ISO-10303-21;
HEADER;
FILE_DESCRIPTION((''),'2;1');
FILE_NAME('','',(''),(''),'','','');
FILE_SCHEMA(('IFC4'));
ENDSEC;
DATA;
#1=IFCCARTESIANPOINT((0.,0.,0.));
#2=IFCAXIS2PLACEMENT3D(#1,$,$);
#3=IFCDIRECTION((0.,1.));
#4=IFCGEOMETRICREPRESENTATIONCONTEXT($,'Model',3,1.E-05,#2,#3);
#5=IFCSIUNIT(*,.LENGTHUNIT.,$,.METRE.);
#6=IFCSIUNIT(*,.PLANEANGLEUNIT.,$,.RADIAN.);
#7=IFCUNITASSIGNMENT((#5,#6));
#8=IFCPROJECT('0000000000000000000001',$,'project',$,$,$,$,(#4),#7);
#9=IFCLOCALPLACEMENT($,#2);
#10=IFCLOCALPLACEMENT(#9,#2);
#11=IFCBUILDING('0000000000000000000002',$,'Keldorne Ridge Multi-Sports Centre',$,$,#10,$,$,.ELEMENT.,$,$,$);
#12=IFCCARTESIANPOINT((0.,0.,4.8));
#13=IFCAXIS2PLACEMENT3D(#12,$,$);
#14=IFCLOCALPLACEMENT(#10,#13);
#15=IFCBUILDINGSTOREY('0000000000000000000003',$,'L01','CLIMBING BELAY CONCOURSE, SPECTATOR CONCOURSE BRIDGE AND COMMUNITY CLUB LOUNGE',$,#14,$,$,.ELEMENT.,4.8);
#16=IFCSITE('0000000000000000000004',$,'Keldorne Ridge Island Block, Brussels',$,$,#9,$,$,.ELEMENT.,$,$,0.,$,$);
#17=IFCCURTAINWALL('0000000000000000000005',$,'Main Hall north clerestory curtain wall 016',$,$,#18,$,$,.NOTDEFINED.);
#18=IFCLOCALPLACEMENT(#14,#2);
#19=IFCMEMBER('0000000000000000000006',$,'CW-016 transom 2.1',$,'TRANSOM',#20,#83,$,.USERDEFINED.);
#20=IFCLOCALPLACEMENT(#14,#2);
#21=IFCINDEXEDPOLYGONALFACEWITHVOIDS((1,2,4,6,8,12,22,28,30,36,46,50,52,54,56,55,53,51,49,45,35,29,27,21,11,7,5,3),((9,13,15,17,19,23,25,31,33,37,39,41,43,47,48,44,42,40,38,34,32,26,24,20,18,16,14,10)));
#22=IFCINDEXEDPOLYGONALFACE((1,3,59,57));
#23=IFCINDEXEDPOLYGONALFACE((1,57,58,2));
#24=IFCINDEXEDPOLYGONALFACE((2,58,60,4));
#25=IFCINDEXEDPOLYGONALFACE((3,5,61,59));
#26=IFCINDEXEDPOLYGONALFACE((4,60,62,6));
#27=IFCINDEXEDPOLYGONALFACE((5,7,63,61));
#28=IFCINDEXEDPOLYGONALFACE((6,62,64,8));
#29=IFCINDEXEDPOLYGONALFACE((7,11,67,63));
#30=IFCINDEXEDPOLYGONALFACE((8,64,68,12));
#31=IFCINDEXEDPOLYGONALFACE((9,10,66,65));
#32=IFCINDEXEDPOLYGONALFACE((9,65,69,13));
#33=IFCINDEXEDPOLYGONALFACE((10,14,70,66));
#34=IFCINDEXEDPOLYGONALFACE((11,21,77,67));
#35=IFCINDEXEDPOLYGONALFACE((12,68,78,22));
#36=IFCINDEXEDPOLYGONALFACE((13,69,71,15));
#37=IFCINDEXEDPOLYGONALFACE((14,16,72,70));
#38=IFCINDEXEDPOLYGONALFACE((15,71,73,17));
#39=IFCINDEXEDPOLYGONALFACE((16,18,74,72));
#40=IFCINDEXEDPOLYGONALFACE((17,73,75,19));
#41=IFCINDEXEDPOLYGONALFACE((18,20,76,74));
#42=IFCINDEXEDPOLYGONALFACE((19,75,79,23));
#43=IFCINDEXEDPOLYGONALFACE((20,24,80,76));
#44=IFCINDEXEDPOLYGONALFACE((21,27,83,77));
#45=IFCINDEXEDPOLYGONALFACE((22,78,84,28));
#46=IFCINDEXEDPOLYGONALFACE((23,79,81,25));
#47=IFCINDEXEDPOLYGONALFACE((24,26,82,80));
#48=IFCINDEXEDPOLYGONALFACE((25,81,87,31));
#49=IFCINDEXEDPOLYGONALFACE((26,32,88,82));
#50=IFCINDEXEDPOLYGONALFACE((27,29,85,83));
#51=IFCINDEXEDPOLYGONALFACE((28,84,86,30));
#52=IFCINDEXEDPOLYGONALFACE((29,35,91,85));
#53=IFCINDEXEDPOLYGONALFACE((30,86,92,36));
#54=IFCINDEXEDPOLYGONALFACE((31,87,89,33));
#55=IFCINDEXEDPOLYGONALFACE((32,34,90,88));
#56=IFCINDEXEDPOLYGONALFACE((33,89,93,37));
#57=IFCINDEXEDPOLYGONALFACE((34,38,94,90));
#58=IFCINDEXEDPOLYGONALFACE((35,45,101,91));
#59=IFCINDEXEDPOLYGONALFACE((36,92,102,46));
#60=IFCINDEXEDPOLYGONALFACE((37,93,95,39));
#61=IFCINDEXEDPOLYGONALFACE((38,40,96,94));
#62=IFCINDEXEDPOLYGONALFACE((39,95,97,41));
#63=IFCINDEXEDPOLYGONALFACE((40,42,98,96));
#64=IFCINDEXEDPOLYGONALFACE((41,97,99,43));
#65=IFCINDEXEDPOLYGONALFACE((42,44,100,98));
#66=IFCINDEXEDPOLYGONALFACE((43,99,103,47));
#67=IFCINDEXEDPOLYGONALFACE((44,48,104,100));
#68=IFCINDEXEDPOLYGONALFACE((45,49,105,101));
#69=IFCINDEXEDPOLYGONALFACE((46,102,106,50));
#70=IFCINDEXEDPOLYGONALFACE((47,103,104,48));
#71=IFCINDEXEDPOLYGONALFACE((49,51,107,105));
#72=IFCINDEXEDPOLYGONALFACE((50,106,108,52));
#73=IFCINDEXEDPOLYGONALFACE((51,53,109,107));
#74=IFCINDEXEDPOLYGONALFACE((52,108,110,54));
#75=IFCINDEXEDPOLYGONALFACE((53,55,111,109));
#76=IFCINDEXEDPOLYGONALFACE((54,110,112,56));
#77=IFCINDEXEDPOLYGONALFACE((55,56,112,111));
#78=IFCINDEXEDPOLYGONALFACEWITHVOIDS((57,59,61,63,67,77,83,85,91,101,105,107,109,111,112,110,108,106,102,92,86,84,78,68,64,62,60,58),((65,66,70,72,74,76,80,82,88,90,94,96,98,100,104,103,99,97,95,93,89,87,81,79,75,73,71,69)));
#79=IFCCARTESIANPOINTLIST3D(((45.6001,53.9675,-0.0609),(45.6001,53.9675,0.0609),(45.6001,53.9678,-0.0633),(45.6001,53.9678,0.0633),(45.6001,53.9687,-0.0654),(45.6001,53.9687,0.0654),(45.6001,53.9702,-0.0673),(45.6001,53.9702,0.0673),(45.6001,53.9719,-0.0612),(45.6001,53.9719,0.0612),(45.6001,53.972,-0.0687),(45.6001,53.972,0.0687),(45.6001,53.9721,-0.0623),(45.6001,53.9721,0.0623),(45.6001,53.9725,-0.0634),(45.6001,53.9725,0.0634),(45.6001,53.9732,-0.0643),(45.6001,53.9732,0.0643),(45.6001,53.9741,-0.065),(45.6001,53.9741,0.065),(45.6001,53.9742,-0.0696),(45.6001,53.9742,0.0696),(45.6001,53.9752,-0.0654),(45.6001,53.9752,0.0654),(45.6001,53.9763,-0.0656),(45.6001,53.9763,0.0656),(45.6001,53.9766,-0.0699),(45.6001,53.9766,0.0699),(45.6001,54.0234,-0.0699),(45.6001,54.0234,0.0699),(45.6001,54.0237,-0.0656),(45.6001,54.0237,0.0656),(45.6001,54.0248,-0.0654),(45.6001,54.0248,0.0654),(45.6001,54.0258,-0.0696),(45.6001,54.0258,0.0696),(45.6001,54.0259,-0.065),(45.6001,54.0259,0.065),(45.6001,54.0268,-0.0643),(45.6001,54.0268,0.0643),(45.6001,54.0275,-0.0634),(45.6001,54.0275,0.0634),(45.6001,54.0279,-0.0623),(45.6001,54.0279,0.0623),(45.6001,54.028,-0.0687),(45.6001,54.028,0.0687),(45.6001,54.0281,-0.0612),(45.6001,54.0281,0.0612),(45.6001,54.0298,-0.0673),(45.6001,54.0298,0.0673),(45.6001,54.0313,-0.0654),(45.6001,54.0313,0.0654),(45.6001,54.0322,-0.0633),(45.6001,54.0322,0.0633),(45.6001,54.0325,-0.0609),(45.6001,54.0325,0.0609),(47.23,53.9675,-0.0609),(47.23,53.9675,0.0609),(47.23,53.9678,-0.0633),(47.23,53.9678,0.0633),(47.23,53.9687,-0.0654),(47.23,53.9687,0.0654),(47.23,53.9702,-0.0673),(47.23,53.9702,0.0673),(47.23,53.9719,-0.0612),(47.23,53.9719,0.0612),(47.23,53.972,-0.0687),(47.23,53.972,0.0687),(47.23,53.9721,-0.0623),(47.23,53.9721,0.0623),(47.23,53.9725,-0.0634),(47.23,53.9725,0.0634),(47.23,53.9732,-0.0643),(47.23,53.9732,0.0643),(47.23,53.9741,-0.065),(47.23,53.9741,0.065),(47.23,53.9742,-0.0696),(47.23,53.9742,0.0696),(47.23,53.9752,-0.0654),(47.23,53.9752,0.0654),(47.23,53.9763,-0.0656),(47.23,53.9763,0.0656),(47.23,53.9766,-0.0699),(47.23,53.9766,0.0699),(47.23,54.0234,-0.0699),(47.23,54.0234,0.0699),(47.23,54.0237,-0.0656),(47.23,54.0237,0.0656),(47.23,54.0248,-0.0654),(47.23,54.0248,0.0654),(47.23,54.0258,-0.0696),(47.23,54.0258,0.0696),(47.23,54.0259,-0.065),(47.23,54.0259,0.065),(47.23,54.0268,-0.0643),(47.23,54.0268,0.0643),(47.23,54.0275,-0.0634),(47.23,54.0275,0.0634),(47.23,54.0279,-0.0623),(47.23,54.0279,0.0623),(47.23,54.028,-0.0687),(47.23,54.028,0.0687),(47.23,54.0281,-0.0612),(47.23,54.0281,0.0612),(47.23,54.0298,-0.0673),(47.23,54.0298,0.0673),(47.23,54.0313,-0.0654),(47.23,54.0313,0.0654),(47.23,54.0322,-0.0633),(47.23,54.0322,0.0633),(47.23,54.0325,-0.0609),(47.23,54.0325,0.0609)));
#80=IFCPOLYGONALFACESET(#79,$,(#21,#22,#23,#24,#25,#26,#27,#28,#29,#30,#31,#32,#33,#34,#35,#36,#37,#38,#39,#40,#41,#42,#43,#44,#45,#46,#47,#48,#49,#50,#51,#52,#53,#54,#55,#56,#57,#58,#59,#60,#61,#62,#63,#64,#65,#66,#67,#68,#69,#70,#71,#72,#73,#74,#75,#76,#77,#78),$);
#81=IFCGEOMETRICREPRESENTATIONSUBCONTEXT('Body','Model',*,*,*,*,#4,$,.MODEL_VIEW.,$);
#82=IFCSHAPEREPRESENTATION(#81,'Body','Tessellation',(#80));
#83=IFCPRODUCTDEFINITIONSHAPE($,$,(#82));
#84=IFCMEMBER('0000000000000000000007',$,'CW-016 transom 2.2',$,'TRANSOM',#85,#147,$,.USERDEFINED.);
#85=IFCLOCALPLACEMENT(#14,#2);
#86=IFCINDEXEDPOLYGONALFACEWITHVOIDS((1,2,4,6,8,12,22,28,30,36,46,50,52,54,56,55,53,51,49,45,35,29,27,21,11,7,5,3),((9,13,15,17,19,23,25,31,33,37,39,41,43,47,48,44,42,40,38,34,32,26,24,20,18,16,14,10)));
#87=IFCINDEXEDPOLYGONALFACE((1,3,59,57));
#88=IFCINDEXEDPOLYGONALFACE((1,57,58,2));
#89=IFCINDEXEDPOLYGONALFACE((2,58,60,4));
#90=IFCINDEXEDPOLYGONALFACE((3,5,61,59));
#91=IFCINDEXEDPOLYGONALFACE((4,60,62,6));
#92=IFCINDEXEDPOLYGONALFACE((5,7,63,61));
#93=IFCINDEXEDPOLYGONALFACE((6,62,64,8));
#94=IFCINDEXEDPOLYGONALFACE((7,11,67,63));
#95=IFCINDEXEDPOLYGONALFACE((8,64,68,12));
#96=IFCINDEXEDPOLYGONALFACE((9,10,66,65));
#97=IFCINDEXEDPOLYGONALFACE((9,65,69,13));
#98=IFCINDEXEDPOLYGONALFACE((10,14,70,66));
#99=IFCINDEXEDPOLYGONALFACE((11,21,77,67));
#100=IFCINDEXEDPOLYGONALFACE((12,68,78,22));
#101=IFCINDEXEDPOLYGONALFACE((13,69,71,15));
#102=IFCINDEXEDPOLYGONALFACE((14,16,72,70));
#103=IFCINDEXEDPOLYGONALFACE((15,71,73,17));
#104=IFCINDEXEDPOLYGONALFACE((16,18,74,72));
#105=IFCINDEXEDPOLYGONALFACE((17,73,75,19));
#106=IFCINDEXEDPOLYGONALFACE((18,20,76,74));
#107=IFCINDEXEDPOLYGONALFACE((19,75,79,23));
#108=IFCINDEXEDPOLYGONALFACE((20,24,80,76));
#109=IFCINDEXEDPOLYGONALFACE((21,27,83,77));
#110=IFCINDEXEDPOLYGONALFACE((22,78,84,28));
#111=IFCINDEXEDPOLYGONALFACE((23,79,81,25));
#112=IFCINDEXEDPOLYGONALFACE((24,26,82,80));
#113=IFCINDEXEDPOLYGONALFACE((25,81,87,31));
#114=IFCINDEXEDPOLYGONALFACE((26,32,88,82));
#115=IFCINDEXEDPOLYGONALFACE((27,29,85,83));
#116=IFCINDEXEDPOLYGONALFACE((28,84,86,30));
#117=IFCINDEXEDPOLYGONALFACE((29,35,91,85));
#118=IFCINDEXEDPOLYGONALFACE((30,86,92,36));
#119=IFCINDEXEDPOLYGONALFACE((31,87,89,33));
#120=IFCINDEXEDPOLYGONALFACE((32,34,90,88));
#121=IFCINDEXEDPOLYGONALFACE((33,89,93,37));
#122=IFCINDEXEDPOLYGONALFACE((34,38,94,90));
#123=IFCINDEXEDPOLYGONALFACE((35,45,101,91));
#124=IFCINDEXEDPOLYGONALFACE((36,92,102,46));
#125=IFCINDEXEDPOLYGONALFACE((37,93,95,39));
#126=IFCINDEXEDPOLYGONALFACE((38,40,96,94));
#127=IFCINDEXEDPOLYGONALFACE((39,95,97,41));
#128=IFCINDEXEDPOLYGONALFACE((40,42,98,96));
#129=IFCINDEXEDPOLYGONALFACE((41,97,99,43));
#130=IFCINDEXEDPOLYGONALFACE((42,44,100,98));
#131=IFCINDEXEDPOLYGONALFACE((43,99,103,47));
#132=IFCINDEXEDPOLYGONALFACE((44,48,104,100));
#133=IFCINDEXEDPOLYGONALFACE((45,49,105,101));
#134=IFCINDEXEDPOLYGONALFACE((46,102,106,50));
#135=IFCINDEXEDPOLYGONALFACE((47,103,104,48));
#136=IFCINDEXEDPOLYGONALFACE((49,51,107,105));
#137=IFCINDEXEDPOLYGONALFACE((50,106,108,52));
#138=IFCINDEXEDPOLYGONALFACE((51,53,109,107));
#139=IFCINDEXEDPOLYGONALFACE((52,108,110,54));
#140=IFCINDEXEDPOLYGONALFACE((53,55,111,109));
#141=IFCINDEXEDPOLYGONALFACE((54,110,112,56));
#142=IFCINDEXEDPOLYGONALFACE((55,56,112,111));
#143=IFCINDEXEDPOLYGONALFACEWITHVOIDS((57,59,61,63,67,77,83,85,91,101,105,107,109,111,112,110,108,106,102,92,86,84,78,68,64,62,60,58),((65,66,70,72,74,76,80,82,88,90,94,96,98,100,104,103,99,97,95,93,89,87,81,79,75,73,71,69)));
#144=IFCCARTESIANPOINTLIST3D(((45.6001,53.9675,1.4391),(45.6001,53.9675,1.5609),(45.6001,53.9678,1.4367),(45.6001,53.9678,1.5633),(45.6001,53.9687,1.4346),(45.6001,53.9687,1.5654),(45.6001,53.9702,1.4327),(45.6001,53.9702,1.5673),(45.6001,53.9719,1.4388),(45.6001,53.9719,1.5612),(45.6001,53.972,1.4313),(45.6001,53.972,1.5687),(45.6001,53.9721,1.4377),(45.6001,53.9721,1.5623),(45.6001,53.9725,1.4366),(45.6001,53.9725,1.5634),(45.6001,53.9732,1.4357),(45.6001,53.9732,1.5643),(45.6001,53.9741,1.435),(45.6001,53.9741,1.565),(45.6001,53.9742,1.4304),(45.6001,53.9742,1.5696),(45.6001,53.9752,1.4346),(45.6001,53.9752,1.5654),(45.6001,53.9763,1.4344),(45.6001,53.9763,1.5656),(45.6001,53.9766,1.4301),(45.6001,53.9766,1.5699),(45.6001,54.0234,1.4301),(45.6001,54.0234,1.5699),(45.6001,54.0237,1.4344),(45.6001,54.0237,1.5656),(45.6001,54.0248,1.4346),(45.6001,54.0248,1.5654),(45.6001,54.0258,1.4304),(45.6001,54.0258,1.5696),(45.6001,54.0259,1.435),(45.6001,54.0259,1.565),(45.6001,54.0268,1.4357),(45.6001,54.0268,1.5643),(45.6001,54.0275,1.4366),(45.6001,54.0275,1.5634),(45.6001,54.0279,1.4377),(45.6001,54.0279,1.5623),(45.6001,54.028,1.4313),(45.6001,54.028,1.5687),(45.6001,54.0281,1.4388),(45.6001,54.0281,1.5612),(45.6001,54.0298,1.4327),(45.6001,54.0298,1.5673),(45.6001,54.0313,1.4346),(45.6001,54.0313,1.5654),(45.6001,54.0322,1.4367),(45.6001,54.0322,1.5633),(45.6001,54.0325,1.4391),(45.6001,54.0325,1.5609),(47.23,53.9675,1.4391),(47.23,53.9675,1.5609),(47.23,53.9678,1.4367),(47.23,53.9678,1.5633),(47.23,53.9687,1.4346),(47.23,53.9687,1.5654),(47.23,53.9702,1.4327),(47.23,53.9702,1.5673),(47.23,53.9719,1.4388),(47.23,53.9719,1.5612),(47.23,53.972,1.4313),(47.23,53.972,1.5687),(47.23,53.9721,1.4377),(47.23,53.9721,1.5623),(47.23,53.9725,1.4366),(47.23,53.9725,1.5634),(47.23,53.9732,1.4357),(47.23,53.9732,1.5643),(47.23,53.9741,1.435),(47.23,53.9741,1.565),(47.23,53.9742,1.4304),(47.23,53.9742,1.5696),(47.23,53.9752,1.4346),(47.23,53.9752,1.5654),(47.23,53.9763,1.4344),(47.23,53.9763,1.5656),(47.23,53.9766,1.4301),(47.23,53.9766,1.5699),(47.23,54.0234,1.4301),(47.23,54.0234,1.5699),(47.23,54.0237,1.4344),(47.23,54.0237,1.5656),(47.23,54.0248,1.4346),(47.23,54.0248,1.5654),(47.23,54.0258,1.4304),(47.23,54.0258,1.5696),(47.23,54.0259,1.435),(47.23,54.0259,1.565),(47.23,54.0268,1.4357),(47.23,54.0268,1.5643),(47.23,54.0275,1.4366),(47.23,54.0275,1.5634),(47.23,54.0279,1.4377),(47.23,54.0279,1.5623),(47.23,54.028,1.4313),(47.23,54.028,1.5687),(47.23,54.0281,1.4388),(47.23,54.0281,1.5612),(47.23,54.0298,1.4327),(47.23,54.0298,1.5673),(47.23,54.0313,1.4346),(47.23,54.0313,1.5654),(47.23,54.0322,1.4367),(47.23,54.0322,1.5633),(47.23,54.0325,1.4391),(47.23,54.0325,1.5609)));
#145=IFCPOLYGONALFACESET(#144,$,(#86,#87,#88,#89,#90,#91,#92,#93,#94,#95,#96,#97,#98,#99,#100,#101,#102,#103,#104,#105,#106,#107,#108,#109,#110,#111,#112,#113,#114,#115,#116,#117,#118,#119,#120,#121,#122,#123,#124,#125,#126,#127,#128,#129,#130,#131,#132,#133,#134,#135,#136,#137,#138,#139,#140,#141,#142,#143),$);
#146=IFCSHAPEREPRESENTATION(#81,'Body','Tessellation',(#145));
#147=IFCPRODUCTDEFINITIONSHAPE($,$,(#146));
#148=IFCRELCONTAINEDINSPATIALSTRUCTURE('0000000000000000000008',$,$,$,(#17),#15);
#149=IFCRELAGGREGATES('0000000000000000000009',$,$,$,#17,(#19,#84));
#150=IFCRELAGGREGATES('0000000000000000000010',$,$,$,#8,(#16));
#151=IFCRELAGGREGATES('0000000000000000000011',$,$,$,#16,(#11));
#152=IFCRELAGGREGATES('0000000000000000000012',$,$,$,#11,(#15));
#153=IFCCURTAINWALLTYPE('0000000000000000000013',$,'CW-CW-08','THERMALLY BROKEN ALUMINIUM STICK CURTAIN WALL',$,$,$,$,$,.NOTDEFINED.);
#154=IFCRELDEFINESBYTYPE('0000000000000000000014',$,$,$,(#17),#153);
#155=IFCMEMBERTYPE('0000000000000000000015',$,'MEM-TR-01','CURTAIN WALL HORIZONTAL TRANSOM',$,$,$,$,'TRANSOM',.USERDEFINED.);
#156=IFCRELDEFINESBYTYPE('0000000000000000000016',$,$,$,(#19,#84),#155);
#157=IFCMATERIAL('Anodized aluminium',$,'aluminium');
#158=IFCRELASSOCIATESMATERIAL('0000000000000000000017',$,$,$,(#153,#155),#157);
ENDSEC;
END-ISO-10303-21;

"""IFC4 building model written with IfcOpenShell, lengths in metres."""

from ifc_helpers import new_model, si_unit, direction, frame, origin, origin_2d, place, context, subcontext, project, spatial, hollow_rectangle, extrude, material, material_profile, profile_set, type_object, element, aggregate, save


model = new_model("IFC4")

# Units and contexts
model_context = context("Model", 3, precision=1e-05, world=origin(), true_north=direction((0.0, 1.0)))
body_context = subcontext(model_context, "Body", "Model", "MODEL_VIEW")
ifc_project = project(units=[si_unit("LENGTHUNIT", "METRE"), si_unit("PLANEANGLEUNIT", "RADIAN")], contexts=[model_context])

# Site, building, storey
site_placement = place(None, origin())
site = spatial("IfcSite", under=ifc_project, at=site_placement, Name="Keldorne Ridge Island Block, Brussels", CompositionType="ELEMENT", RefElevation=0.0)
building_placement = place(site_placement, origin())
building = spatial("IfcBuilding", under=site, at=building_placement, Name="Keldorne Ridge Multi-Sports Centre", CompositionType="ELEMENT")
storey_placement = place(building_placement, frame((0.0, 0.0, 4.8)))
storey = spatial("IfcBuildingStorey", under=building, at=storey_placement, Name="L01", Description="CLIMBING BELAY CONCOURSE, SPECTATOR CONCOURSE BRIDGE AND COMMUNITY CLUB LOUNGE", CompositionType="ELEMENT", Elevation=4.8)

# Curtain wall
ifc_material_1 = material(Name="Anodized aluminium", Category="aluminium")
curtain_wall_type_1 = type_object("IfcCurtainWallType", Name="CW-CW-08", Description="THERMALLY BROKEN ALUMINIUM STICK CURTAIN WALL", PredefinedType="NOTDEFINED", material=ifc_material_1)
curtain_wall_1_placement = place(storey_placement, origin())
curtain_wall_1 = element("IfcCurtainWall", 1, at=curtain_wall_1_placement, inside=storey, type_object=curtain_wall_type_1, Name="Main Hall north clerestory curtain wall 016", PredefinedType="NOTDEFINED")

# Members
ifc_material_profile_1 = material_profile(ifc_material_1, hollow_rectangle(XDim=0.0649, YDim=0.1399, WallThickness=0.0044, InnerFilletRadius=0.0044, OuterFilletRadius=0.009, at=origin_2d()), Name="ALU TRANSOM 140x65x4.5")
ifc_profile_set_1 = profile_set([ifc_material_profile_1], Name="Anodized aluminium")
member_type_1 = type_object("IfcMemberType", Name="MEM-TR-01", Description="CURTAIN WALL HORIZONTAL TRANSOM", ElementType="TRANSOM", PredefinedType="USERDEFINED", material=ifc_profile_set_1)
member_1_placement = place(storey_placement, frame((47.23, 54.0, 0.0), z_axis=(-1.0, 0.0, 0.0), x_axis=(0.0, -1.0, 0.0)))
member_1 = element("IfcMember", 2, at=member_1_placement, type_object=member_type_1, Name="CW-016 transom 2.1", ObjectType="TRANSOM", PredefinedType="USERDEFINED", context=body_context, shape_type="SweptSolid", body=[
    extrude(hollow_rectangle(XDim=0.0649, YDim=0.1399, WallThickness=0.0044, InnerFilletRadius=0.0044, OuterFilletRadius=0.009, at=origin_2d()), origin(), (0.0, 0.0, 1.0), 1.6299),
])
member_2_placement = place(storey_placement, frame((47.23, 54.0, 1.5), z_axis=(-1.0, 0.0, 0.0), x_axis=(0.0, -1.0, 0.0)))
member_2 = element("IfcMember", 3, at=member_2_placement, type_object=member_type_1, Name="CW-016 transom 2.2", ObjectType="TRANSOM", PredefinedType="USERDEFINED", context=body_context, shape_type="SweptSolid", body=[
    extrude(hollow_rectangle(XDim=0.0649, YDim=0.1399, WallThickness=0.0044, InnerFilletRadius=0.0044, OuterFilletRadius=0.009, at=origin_2d()), origin(), (0.0, 0.0, 1.0), 1.6299),
])

aggregate(curtain_wall_1, [member_1, member_2])

save(model, "model.ifc")
